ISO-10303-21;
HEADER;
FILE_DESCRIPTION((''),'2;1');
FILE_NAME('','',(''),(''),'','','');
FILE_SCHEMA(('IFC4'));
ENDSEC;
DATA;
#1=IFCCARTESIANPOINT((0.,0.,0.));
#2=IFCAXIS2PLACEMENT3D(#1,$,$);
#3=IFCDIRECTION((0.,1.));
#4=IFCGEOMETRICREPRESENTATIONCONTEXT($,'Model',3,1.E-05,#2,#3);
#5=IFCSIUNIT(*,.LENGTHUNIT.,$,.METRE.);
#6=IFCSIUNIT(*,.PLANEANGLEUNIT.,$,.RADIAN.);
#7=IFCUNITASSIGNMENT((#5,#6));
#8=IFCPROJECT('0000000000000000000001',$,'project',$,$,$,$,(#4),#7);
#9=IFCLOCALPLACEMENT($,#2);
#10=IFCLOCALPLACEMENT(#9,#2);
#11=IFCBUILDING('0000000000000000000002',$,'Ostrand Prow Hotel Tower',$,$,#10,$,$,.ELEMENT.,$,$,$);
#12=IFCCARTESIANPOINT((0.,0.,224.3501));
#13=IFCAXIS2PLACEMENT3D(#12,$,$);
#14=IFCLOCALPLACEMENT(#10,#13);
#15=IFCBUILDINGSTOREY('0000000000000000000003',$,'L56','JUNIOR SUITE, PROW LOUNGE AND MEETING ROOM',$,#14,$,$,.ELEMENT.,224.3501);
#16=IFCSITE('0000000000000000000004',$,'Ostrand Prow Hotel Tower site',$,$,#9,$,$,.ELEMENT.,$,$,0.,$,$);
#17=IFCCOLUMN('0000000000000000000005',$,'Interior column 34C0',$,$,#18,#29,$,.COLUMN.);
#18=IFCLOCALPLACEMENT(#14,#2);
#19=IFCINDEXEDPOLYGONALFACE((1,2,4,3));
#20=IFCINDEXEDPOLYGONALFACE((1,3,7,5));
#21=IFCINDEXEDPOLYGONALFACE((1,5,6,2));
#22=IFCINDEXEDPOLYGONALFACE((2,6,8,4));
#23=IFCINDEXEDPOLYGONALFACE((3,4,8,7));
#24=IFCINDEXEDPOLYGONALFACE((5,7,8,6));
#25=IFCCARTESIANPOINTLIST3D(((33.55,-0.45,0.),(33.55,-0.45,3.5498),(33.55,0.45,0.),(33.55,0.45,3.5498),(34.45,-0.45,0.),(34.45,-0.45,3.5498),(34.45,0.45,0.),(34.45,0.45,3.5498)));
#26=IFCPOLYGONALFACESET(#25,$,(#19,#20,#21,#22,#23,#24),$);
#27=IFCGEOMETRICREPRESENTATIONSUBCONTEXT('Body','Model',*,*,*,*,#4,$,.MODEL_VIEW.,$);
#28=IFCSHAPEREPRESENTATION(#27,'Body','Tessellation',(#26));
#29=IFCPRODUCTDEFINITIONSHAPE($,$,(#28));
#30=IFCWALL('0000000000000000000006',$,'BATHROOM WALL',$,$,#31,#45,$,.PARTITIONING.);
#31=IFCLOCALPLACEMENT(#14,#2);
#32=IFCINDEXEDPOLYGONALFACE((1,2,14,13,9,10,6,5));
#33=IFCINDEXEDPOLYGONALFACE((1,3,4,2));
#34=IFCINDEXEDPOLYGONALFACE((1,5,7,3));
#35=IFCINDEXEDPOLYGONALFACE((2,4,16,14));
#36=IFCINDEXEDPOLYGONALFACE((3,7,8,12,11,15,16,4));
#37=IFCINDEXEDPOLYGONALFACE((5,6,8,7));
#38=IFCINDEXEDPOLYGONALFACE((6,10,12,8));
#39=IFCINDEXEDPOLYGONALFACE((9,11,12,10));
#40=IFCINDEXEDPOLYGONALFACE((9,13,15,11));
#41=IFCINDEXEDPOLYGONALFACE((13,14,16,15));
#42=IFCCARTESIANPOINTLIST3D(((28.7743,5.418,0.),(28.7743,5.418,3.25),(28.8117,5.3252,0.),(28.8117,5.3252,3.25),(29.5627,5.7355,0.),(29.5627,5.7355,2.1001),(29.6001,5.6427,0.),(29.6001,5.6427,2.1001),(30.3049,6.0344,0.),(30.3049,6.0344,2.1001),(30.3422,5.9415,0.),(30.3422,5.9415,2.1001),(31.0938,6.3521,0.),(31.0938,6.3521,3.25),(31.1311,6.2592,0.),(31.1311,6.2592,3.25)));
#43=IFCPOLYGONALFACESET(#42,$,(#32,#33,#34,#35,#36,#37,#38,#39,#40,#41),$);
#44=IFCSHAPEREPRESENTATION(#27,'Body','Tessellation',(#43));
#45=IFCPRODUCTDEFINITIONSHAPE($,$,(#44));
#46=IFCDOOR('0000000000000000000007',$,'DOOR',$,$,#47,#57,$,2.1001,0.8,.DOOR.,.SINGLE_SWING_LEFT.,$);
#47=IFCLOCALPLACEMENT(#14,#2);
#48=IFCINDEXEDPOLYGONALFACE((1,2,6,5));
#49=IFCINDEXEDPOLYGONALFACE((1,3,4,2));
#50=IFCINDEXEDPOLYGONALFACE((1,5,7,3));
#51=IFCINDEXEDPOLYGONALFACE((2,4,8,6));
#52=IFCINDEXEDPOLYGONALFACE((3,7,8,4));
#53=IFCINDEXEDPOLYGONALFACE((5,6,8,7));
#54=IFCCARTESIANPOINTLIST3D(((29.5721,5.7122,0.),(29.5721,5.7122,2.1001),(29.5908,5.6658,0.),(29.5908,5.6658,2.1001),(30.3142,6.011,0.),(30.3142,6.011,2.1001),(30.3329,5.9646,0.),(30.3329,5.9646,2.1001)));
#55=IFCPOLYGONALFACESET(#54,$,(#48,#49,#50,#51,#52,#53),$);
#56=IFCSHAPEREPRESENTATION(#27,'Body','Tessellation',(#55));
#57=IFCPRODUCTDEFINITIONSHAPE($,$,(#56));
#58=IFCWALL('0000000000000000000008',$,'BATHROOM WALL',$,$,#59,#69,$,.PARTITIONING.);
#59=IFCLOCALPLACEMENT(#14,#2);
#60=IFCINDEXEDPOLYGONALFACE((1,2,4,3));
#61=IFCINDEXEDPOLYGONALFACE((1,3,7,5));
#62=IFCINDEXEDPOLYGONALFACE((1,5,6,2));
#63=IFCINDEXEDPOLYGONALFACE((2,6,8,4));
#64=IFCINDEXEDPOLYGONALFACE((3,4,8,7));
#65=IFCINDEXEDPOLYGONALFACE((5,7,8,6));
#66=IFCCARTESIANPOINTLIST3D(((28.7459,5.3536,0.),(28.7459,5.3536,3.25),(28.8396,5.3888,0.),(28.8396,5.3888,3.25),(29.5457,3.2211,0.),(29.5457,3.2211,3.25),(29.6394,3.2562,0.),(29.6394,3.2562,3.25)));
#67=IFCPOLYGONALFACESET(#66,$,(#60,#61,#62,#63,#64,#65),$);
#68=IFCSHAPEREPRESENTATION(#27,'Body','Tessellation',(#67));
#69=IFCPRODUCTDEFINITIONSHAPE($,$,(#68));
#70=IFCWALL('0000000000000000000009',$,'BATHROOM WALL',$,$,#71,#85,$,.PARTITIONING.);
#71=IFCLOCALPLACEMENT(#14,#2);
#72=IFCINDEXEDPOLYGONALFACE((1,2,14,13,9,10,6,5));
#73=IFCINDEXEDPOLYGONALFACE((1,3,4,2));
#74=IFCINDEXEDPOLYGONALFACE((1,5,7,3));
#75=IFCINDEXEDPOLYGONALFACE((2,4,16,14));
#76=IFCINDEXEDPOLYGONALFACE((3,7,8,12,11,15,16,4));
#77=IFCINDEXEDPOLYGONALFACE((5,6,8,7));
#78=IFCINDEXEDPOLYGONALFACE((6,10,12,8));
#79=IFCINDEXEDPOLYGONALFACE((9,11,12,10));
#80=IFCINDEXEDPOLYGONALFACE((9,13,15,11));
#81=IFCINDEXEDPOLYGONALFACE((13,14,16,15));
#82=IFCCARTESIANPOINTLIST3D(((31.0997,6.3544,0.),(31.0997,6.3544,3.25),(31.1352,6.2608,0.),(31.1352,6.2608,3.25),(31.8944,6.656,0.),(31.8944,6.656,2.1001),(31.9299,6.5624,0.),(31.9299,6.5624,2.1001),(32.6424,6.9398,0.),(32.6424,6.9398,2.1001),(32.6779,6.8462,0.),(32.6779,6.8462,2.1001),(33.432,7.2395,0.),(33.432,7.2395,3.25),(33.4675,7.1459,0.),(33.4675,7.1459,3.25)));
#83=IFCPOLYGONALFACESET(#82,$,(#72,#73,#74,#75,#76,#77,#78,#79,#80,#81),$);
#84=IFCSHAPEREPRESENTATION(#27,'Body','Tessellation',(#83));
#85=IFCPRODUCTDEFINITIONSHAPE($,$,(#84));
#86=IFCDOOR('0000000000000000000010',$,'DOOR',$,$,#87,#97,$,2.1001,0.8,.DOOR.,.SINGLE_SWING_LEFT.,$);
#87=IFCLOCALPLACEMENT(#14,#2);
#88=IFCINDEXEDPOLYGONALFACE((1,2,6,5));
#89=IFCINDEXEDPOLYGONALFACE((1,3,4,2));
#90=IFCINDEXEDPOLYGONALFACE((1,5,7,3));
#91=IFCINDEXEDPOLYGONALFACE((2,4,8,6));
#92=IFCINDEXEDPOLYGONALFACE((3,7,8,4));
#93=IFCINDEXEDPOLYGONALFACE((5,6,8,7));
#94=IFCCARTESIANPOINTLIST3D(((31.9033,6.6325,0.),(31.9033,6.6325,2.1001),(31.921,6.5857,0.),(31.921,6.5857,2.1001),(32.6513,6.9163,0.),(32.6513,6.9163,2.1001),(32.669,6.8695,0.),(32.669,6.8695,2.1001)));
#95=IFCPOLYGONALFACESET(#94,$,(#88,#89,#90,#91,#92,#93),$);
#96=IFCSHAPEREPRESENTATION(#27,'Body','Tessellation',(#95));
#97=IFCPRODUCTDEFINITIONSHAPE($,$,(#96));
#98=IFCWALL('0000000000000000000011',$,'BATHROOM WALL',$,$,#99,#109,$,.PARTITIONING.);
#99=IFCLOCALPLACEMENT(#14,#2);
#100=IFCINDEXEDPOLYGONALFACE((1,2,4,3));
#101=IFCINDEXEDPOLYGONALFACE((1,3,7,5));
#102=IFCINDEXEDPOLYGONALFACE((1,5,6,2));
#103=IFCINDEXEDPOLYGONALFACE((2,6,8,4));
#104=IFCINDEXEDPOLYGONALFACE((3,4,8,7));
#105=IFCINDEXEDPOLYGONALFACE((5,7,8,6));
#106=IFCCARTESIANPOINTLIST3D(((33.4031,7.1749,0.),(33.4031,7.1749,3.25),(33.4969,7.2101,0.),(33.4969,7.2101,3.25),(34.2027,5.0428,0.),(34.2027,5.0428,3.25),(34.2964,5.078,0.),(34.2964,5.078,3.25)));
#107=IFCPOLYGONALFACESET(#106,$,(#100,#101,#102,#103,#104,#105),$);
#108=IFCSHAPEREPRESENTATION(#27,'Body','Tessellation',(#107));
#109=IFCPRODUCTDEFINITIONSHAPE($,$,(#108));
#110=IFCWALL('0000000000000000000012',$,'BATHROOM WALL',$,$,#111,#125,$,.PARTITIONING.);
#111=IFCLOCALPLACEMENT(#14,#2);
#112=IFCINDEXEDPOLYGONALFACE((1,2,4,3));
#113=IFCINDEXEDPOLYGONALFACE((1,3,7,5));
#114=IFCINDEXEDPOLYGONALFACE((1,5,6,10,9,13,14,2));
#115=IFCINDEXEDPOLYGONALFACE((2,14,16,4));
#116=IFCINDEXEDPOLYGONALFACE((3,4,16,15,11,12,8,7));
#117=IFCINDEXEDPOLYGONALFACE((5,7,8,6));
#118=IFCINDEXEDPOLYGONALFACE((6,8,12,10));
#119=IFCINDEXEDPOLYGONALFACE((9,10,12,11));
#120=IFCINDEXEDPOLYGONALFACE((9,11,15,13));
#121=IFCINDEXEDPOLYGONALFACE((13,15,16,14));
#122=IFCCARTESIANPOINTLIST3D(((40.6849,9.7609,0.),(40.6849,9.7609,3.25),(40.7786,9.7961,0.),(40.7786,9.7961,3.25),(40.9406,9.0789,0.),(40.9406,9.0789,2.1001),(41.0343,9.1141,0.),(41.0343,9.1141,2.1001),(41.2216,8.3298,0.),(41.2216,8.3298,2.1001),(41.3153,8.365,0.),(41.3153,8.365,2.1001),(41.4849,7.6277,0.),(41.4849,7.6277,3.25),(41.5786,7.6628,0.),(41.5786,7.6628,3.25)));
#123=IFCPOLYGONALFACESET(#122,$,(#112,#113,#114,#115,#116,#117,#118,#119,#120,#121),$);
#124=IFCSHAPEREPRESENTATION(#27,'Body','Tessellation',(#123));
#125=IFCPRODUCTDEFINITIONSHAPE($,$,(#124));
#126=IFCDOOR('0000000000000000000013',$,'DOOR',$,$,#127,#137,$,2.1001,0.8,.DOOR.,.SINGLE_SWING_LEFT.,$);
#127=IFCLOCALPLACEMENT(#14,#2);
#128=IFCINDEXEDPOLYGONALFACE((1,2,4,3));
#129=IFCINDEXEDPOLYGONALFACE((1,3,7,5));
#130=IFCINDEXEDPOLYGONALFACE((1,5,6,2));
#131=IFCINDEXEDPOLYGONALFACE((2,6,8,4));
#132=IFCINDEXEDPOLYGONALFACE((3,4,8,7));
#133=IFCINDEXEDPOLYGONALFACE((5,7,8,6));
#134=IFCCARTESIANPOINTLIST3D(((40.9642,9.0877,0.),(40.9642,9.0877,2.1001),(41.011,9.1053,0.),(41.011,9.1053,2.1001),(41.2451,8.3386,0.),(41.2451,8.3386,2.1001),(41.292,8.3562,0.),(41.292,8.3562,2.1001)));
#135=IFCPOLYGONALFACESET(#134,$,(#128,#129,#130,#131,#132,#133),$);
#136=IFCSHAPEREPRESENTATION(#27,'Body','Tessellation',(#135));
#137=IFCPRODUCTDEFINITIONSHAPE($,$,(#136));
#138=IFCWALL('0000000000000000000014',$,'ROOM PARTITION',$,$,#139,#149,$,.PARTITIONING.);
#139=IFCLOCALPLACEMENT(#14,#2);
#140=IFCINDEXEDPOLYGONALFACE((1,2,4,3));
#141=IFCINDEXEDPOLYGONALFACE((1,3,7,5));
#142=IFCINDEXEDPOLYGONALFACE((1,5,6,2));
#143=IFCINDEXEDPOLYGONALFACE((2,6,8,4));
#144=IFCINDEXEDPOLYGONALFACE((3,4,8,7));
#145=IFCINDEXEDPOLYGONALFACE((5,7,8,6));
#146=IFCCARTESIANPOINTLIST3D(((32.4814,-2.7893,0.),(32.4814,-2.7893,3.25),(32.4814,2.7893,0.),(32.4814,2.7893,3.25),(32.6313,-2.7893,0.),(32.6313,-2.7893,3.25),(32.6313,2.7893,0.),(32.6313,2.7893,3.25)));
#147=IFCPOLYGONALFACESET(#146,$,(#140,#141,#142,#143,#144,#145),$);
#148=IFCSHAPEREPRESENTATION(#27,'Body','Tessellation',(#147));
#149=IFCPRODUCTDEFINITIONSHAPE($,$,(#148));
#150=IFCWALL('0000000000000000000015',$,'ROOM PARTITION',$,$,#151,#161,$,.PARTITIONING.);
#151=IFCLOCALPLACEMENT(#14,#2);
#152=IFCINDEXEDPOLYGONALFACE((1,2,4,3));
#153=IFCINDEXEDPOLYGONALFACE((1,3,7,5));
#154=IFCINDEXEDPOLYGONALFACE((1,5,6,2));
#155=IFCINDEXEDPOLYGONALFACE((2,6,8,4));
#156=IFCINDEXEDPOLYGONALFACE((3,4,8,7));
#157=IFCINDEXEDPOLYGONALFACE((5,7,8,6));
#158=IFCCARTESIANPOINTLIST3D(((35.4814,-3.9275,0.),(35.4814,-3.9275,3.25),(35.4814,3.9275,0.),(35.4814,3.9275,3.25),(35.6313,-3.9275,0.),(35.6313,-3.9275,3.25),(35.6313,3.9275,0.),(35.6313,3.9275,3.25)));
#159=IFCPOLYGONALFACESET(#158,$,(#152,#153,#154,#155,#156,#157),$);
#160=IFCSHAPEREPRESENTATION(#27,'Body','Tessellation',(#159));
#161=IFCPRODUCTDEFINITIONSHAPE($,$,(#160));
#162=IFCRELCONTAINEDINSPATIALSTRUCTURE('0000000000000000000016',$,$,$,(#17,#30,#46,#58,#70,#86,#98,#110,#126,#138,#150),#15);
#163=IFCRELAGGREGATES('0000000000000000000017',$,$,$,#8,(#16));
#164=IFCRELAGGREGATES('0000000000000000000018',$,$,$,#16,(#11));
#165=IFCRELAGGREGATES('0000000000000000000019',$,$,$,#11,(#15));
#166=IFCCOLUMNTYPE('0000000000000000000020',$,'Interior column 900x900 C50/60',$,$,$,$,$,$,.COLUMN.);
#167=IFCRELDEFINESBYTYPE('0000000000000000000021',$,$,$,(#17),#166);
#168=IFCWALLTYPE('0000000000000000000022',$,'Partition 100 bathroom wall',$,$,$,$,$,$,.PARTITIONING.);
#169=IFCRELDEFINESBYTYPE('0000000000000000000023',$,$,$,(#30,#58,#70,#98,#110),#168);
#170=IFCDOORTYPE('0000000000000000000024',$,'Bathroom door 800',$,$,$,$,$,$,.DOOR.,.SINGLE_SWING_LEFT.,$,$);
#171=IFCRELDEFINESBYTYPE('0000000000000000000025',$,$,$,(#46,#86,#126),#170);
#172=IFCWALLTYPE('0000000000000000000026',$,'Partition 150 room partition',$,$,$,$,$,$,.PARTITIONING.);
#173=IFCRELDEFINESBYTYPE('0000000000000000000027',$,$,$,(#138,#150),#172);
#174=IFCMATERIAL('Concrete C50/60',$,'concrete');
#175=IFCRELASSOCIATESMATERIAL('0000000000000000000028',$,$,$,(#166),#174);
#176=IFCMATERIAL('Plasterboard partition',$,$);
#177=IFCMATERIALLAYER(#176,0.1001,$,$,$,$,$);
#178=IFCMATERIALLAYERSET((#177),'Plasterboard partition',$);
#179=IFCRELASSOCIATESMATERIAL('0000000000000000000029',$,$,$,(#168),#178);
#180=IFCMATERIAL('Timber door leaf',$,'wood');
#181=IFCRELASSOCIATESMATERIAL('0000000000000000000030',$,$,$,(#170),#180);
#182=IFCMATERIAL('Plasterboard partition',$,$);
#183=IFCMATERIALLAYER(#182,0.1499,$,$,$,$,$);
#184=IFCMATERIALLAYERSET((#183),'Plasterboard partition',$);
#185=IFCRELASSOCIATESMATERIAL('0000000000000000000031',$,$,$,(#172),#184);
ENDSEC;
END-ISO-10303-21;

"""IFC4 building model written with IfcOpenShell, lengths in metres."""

from ifc_helpers import new_model, si_unit, direction, frame, frame_2d, origin, origin_2d, place, context, subcontext, project, spatial, rectangle, extrude, material, layer, layer_set, material_profile, profile_set, type_object, element, fill, save


model = new_model("IFC4")

# Units and contexts
model_context = context("Model", 3, precision=1e-05, world=origin(), true_north=direction((0.0, 1.0)))
body_context = subcontext(model_context, "Body", "Model", "MODEL_VIEW")
ifc_project = project(units=[si_unit("LENGTHUNIT", "METRE"), si_unit("PLANEANGLEUNIT", "RADIAN")], contexts=[model_context])

# Site, building, storey
site_placement = place(None, origin())
site = spatial("IfcSite", under=ifc_project, at=site_placement, Name="Ostrand Prow Hotel Tower site", CompositionType="ELEMENT", RefElevation=0.0)
building_placement = place(site_placement, origin())
building = spatial("IfcBuilding", under=site, at=building_placement, Name="Ostrand Prow Hotel Tower", CompositionType="ELEMENT")
storey_placement = place(building_placement, frame((0.0, 0.0, 224.3501)))
storey = spatial("IfcBuildingStorey", under=building, at=storey_placement, Name="L56", Description="JUNIOR SUITE, PROW LOUNGE AND MEETING ROOM", CompositionType="ELEMENT", Elevation=224.3501)

# Column
ifc_material_1 = material(Name="Concrete C50/60", Category="concrete")
ifc_material_profile = material_profile(ifc_material_1, rectangle(XDim=0.8999, YDim=0.8999, at=origin_2d()), Name="RC 900x900")
ifc_profile_set = profile_set([ifc_material_profile], Name="Concrete C50/60")
column_type = type_object("IfcColumnType", Name="Interior column 900x900 C50/60", PredefinedType="COLUMN", material=ifc_profile_set)
column_placement = place(storey_placement, frame((34.0, 0.0, 0.0), z_axis=(0.0, 0.0, 1.0), x_axis=(1.0, 0.0, 0.0)))
element("IfcColumn", 1, at=column_placement, inside=storey, type_object=column_type, Name="Interior column 34C0", PredefinedType="COLUMN", context=body_context, shape_type="SweptSolid", body=[
    extrude(rectangle(XDim=0.8999, YDim=0.8999, at=origin_2d()), origin(), (0.0, 0.0, 1.0), 3.5498),
])

# Wall, opening, door
ifc_material_2 = material(Name="Plasterboard partition")
ifc_layer_1 = layer(ifc_material_2, 0.1001)
ifc_layer_set_1 = layer_set([ifc_layer_1], Name="Plasterboard partition")
wall_type_1 = type_object("IfcWallType", Name="Partition 100 bathroom wall", PredefinedType="PARTITIONING", material=ifc_layer_set_1)
wall_1_placement = place(storey_placement, frame((28.793, 5.3716, 0.0), z_axis=(0.0, 0.0, 1.0), x_axis=(0.927612, 0.373544, 0.0)))
wall_1 = element("IfcWall", 2, at=wall_1_placement, inside=storey, type_object=wall_type_1, Name="BATHROOM WALL", PredefinedType="PARTITIONING", context=body_context, shape_type="SweptSolid", body=[
    extrude(rectangle(XDim=2.5005, YDim=0.1001, at=frame_2d((1.2502, 0.0))), origin(), (0.0, 0.0, 1.0), 3.25),
])
opening_1_placement = place(wall_1_placement, frame((0.8501, 0.0, 0.0)))
opening_1 = element("IfcOpeningElement", 3, at=opening_1_placement, cuts=wall_1, PredefinedType="OPENING", context=body_context, shape_type="SweptSolid", body=[
    extrude(rectangle(XDim=0.8, YDim=2.1001, at=frame_2d((0.3999, 1.05))), frame((0.0, 0.0601, 0.0), z_axis=(0.0, -1.0, 0.0), x_axis=(1.0, 0.0, 0.0)), (0.0, 0.0, 1.0), 0.1201),
])
ifc_material_3 = material(Name="Timber door leaf", Category="wood")
door_type_1 = type_object("IfcDoorType", Name="Bathroom door 800", OperationType="SINGLE_SWING_LEFT", PredefinedType="DOOR", material=ifc_material_3)
door_1_placement = place(opening_1_placement, origin())
door_1 = element("IfcDoor", 4, at=door_1_placement, inside=storey, type_object=door_type_1, Name="DOOR", OperationType="SINGLE_SWING_LEFT", OverallHeight=2.1001, OverallWidth=0.8, PredefinedType="DOOR", context=body_context, shape_type="SweptSolid", body=[
    extrude(rectangle(XDim=0.8, YDim=2.1001, at=frame_2d((0.3999, 1.05))), frame((0.0, 0.0249, 0.0), z_axis=(0.0, -1.0, 0.0), x_axis=(1.0, 0.0, 0.0)), (0.0, 0.0, 1.0), 0.05),
])
fill(opening_1, door_1)

# Wall
wall_2_placement = place(storey_placement, frame((29.5925, 3.2388, 0.0), z_axis=(0.0, 0.0, 1.0), x_axis=(-0.351159, 0.936316, 0.0)))
element("IfcWall", 5, at=wall_2_placement, inside=storey, type_object=wall_type_1, Name="BATHROOM WALL", PredefinedType="PARTITIONING", context=body_context, shape_type="SweptSolid", body=[
    extrude(rectangle(XDim=2.2776, YDim=0.1001, at=frame_2d((1.1387, 0.0))), origin(), (0.0, 0.0, 1.0), 3.25),
])

# Wall, opening, door
wall_3_placement = place(storey_placement, frame((31.1174, 6.3076, 0.0), z_axis=(0.0, 0.0, 1.0), x_axis=(0.934951, 0.354778, 0.0)))
wall_3 = element("IfcWall", 6, at=wall_3_placement, inside=storey, type_object=wall_type_1, Name="BATHROOM WALL", PredefinedType="PARTITIONING", context=body_context, shape_type="SweptSolid", body=[
    extrude(rectangle(XDim=2.4946, YDim=0.1001, at=frame_2d((1.2473, 0.0))), origin(), (0.0, 0.0, 1.0), 3.25),
])
opening_2_placement = place(wall_3_placement, frame((0.8501, 0.0, 0.0)))
opening_2 = element("IfcOpeningElement", 7, at=opening_2_placement, cuts=wall_3, PredefinedType="OPENING", context=body_context, shape_type="SweptSolid", body=[
    extrude(rectangle(XDim=0.8, YDim=2.1001, at=frame_2d((0.3999, 1.05))), frame((0.0, 0.0601, 0.0), z_axis=(0.0, -1.0, 0.0), x_axis=(1.0, 0.0, 0.0)), (0.0, 0.0, 1.0), 0.1201),
])
door_2_placement = place(opening_2_placement, origin())
door_2 = element("IfcDoor", 8, at=door_2_placement, inside=storey, type_object=door_type_1, Name="DOOR", OperationType="SINGLE_SWING_LEFT", OverallHeight=2.1001, OverallWidth=0.8, PredefinedType="DOOR", context=body_context, shape_type="SweptSolid", body=[
    extrude(rectangle(XDim=0.8, YDim=2.1001, at=frame_2d((0.3999, 1.05))), frame((0.0, 0.0249, 0.0), z_axis=(0.0, -1.0, 0.0), x_axis=(1.0, 0.0, 0.0)), (0.0, 0.0, 1.0), 0.05),
])
fill(opening_2, door_2)

# Wall
wall_4_placement = place(storey_placement, frame((33.45, 7.1926, 0.0), z_axis=(0.0, 0.0, 1.0), x_axis=(0.351135, -0.936325, 0.0)))
element("IfcWall", 9, at=wall_4_placement, inside=storey, type_object=wall_type_1, Name="BATHROOM WALL", PredefinedType="PARTITIONING", context=body_context, shape_type="SweptSolid", body=[
    extrude(rectangle(XDim=2.2771, YDim=0.1001, at=frame_2d((1.1387, 0.0))), origin(), (0.0, 0.0, 1.0), 3.25),
])

# Wall, opening, door
wall_5_placement = place(storey_placement, frame((41.5317, 7.6453, 0.0), z_axis=(0.0, 0.0, 1.0), x_axis=(-0.351147, 0.93632, 0.0)))
wall_5 = element("IfcWall", 10, at=wall_5_placement, inside=storey, type_object=wall_type_1, Name="BATHROOM WALL", PredefinedType="PARTITIONING", context=body_context, shape_type="SweptSolid", body=[
    extrude(rectangle(XDim=2.2783, YDim=0.1001, at=frame_2d((1.1392, 0.0))), origin(), (0.0, 0.0, 1.0), 3.25),
])
opening_3_placement = place(wall_5_placement, frame((0.75, 0.0, 0.0)))
opening_3 = element("IfcOpeningElement", 11, at=opening_3_placement, cuts=wall_5, PredefinedType="OPENING", context=body_context, shape_type="SweptSolid", body=[
    extrude(rectangle(XDim=0.8, YDim=2.1001, at=frame_2d((0.3999, 1.05))), frame((0.0, 0.0601, 0.0), z_axis=(0.0, -1.0, 0.0), x_axis=(1.0, 0.0, 0.0)), (0.0, 0.0, 1.0), 0.1201),
])
door_3_placement = place(opening_3_placement, origin())
door_3 = element("IfcDoor", 12, at=door_3_placement, inside=storey, type_object=door_type_1, Name="DOOR", OperationType="SINGLE_SWING_LEFT", OverallHeight=2.1001, OverallWidth=0.8, PredefinedType="DOOR", context=body_context, shape_type="SweptSolid", body=[
    extrude(rectangle(XDim=0.8, YDim=2.1001, at=frame_2d((0.3999, 1.05))), frame((0.0, 0.0249, 0.0), z_axis=(0.0, -1.0, 0.0), x_axis=(1.0, 0.0, 0.0)), (0.0, 0.0, 1.0), 0.05),
])
fill(opening_3, door_3)

# Walls
ifc_material_4 = material(Name="Plasterboard partition")
ifc_layer_2 = layer(ifc_material_4, 0.1499)
ifc_layer_set_2 = layer_set([ifc_layer_2], Name="Plasterboard partition")
wall_type_2 = type_object("IfcWallType", Name="Partition 150 room partition", PredefinedType="PARTITIONING", material=ifc_layer_set_2)
wall_6_placement = place(storey_placement, frame((32.5564, -2.7893, 0.0), z_axis=(0.0, 0.0, 1.0), x_axis=(0.0, 1.0, 0.0)))
element("IfcWall", 13, at=wall_6_placement, inside=storey, type_object=wall_type_2, Name="ROOM PARTITION", PredefinedType="PARTITIONING", context=body_context, shape_type="SweptSolid", body=[
    extrude(rectangle(XDim=5.5786, YDim=0.1499, at=frame_2d((2.7893, 0.0))), origin(), (0.0, 0.0, 1.0), 3.25),
])
wall_7_placement = place(storey_placement, frame((35.5564, -3.9275, 0.0), z_axis=(0.0, 0.0, 1.0), x_axis=(0.0, 1.0, 0.0)))
element("IfcWall", 14, at=wall_7_placement, inside=storey, type_object=wall_type_2, Name="ROOM PARTITION", PredefinedType="PARTITIONING", context=body_context, shape_type="SweptSolid", body=[
    extrude(rectangle(XDim=7.855, YDim=0.1499, at=frame_2d((3.9275, 0.0))), origin(), (0.0, 0.0, 1.0), 3.25),
])

save(model, "model.ifc")
